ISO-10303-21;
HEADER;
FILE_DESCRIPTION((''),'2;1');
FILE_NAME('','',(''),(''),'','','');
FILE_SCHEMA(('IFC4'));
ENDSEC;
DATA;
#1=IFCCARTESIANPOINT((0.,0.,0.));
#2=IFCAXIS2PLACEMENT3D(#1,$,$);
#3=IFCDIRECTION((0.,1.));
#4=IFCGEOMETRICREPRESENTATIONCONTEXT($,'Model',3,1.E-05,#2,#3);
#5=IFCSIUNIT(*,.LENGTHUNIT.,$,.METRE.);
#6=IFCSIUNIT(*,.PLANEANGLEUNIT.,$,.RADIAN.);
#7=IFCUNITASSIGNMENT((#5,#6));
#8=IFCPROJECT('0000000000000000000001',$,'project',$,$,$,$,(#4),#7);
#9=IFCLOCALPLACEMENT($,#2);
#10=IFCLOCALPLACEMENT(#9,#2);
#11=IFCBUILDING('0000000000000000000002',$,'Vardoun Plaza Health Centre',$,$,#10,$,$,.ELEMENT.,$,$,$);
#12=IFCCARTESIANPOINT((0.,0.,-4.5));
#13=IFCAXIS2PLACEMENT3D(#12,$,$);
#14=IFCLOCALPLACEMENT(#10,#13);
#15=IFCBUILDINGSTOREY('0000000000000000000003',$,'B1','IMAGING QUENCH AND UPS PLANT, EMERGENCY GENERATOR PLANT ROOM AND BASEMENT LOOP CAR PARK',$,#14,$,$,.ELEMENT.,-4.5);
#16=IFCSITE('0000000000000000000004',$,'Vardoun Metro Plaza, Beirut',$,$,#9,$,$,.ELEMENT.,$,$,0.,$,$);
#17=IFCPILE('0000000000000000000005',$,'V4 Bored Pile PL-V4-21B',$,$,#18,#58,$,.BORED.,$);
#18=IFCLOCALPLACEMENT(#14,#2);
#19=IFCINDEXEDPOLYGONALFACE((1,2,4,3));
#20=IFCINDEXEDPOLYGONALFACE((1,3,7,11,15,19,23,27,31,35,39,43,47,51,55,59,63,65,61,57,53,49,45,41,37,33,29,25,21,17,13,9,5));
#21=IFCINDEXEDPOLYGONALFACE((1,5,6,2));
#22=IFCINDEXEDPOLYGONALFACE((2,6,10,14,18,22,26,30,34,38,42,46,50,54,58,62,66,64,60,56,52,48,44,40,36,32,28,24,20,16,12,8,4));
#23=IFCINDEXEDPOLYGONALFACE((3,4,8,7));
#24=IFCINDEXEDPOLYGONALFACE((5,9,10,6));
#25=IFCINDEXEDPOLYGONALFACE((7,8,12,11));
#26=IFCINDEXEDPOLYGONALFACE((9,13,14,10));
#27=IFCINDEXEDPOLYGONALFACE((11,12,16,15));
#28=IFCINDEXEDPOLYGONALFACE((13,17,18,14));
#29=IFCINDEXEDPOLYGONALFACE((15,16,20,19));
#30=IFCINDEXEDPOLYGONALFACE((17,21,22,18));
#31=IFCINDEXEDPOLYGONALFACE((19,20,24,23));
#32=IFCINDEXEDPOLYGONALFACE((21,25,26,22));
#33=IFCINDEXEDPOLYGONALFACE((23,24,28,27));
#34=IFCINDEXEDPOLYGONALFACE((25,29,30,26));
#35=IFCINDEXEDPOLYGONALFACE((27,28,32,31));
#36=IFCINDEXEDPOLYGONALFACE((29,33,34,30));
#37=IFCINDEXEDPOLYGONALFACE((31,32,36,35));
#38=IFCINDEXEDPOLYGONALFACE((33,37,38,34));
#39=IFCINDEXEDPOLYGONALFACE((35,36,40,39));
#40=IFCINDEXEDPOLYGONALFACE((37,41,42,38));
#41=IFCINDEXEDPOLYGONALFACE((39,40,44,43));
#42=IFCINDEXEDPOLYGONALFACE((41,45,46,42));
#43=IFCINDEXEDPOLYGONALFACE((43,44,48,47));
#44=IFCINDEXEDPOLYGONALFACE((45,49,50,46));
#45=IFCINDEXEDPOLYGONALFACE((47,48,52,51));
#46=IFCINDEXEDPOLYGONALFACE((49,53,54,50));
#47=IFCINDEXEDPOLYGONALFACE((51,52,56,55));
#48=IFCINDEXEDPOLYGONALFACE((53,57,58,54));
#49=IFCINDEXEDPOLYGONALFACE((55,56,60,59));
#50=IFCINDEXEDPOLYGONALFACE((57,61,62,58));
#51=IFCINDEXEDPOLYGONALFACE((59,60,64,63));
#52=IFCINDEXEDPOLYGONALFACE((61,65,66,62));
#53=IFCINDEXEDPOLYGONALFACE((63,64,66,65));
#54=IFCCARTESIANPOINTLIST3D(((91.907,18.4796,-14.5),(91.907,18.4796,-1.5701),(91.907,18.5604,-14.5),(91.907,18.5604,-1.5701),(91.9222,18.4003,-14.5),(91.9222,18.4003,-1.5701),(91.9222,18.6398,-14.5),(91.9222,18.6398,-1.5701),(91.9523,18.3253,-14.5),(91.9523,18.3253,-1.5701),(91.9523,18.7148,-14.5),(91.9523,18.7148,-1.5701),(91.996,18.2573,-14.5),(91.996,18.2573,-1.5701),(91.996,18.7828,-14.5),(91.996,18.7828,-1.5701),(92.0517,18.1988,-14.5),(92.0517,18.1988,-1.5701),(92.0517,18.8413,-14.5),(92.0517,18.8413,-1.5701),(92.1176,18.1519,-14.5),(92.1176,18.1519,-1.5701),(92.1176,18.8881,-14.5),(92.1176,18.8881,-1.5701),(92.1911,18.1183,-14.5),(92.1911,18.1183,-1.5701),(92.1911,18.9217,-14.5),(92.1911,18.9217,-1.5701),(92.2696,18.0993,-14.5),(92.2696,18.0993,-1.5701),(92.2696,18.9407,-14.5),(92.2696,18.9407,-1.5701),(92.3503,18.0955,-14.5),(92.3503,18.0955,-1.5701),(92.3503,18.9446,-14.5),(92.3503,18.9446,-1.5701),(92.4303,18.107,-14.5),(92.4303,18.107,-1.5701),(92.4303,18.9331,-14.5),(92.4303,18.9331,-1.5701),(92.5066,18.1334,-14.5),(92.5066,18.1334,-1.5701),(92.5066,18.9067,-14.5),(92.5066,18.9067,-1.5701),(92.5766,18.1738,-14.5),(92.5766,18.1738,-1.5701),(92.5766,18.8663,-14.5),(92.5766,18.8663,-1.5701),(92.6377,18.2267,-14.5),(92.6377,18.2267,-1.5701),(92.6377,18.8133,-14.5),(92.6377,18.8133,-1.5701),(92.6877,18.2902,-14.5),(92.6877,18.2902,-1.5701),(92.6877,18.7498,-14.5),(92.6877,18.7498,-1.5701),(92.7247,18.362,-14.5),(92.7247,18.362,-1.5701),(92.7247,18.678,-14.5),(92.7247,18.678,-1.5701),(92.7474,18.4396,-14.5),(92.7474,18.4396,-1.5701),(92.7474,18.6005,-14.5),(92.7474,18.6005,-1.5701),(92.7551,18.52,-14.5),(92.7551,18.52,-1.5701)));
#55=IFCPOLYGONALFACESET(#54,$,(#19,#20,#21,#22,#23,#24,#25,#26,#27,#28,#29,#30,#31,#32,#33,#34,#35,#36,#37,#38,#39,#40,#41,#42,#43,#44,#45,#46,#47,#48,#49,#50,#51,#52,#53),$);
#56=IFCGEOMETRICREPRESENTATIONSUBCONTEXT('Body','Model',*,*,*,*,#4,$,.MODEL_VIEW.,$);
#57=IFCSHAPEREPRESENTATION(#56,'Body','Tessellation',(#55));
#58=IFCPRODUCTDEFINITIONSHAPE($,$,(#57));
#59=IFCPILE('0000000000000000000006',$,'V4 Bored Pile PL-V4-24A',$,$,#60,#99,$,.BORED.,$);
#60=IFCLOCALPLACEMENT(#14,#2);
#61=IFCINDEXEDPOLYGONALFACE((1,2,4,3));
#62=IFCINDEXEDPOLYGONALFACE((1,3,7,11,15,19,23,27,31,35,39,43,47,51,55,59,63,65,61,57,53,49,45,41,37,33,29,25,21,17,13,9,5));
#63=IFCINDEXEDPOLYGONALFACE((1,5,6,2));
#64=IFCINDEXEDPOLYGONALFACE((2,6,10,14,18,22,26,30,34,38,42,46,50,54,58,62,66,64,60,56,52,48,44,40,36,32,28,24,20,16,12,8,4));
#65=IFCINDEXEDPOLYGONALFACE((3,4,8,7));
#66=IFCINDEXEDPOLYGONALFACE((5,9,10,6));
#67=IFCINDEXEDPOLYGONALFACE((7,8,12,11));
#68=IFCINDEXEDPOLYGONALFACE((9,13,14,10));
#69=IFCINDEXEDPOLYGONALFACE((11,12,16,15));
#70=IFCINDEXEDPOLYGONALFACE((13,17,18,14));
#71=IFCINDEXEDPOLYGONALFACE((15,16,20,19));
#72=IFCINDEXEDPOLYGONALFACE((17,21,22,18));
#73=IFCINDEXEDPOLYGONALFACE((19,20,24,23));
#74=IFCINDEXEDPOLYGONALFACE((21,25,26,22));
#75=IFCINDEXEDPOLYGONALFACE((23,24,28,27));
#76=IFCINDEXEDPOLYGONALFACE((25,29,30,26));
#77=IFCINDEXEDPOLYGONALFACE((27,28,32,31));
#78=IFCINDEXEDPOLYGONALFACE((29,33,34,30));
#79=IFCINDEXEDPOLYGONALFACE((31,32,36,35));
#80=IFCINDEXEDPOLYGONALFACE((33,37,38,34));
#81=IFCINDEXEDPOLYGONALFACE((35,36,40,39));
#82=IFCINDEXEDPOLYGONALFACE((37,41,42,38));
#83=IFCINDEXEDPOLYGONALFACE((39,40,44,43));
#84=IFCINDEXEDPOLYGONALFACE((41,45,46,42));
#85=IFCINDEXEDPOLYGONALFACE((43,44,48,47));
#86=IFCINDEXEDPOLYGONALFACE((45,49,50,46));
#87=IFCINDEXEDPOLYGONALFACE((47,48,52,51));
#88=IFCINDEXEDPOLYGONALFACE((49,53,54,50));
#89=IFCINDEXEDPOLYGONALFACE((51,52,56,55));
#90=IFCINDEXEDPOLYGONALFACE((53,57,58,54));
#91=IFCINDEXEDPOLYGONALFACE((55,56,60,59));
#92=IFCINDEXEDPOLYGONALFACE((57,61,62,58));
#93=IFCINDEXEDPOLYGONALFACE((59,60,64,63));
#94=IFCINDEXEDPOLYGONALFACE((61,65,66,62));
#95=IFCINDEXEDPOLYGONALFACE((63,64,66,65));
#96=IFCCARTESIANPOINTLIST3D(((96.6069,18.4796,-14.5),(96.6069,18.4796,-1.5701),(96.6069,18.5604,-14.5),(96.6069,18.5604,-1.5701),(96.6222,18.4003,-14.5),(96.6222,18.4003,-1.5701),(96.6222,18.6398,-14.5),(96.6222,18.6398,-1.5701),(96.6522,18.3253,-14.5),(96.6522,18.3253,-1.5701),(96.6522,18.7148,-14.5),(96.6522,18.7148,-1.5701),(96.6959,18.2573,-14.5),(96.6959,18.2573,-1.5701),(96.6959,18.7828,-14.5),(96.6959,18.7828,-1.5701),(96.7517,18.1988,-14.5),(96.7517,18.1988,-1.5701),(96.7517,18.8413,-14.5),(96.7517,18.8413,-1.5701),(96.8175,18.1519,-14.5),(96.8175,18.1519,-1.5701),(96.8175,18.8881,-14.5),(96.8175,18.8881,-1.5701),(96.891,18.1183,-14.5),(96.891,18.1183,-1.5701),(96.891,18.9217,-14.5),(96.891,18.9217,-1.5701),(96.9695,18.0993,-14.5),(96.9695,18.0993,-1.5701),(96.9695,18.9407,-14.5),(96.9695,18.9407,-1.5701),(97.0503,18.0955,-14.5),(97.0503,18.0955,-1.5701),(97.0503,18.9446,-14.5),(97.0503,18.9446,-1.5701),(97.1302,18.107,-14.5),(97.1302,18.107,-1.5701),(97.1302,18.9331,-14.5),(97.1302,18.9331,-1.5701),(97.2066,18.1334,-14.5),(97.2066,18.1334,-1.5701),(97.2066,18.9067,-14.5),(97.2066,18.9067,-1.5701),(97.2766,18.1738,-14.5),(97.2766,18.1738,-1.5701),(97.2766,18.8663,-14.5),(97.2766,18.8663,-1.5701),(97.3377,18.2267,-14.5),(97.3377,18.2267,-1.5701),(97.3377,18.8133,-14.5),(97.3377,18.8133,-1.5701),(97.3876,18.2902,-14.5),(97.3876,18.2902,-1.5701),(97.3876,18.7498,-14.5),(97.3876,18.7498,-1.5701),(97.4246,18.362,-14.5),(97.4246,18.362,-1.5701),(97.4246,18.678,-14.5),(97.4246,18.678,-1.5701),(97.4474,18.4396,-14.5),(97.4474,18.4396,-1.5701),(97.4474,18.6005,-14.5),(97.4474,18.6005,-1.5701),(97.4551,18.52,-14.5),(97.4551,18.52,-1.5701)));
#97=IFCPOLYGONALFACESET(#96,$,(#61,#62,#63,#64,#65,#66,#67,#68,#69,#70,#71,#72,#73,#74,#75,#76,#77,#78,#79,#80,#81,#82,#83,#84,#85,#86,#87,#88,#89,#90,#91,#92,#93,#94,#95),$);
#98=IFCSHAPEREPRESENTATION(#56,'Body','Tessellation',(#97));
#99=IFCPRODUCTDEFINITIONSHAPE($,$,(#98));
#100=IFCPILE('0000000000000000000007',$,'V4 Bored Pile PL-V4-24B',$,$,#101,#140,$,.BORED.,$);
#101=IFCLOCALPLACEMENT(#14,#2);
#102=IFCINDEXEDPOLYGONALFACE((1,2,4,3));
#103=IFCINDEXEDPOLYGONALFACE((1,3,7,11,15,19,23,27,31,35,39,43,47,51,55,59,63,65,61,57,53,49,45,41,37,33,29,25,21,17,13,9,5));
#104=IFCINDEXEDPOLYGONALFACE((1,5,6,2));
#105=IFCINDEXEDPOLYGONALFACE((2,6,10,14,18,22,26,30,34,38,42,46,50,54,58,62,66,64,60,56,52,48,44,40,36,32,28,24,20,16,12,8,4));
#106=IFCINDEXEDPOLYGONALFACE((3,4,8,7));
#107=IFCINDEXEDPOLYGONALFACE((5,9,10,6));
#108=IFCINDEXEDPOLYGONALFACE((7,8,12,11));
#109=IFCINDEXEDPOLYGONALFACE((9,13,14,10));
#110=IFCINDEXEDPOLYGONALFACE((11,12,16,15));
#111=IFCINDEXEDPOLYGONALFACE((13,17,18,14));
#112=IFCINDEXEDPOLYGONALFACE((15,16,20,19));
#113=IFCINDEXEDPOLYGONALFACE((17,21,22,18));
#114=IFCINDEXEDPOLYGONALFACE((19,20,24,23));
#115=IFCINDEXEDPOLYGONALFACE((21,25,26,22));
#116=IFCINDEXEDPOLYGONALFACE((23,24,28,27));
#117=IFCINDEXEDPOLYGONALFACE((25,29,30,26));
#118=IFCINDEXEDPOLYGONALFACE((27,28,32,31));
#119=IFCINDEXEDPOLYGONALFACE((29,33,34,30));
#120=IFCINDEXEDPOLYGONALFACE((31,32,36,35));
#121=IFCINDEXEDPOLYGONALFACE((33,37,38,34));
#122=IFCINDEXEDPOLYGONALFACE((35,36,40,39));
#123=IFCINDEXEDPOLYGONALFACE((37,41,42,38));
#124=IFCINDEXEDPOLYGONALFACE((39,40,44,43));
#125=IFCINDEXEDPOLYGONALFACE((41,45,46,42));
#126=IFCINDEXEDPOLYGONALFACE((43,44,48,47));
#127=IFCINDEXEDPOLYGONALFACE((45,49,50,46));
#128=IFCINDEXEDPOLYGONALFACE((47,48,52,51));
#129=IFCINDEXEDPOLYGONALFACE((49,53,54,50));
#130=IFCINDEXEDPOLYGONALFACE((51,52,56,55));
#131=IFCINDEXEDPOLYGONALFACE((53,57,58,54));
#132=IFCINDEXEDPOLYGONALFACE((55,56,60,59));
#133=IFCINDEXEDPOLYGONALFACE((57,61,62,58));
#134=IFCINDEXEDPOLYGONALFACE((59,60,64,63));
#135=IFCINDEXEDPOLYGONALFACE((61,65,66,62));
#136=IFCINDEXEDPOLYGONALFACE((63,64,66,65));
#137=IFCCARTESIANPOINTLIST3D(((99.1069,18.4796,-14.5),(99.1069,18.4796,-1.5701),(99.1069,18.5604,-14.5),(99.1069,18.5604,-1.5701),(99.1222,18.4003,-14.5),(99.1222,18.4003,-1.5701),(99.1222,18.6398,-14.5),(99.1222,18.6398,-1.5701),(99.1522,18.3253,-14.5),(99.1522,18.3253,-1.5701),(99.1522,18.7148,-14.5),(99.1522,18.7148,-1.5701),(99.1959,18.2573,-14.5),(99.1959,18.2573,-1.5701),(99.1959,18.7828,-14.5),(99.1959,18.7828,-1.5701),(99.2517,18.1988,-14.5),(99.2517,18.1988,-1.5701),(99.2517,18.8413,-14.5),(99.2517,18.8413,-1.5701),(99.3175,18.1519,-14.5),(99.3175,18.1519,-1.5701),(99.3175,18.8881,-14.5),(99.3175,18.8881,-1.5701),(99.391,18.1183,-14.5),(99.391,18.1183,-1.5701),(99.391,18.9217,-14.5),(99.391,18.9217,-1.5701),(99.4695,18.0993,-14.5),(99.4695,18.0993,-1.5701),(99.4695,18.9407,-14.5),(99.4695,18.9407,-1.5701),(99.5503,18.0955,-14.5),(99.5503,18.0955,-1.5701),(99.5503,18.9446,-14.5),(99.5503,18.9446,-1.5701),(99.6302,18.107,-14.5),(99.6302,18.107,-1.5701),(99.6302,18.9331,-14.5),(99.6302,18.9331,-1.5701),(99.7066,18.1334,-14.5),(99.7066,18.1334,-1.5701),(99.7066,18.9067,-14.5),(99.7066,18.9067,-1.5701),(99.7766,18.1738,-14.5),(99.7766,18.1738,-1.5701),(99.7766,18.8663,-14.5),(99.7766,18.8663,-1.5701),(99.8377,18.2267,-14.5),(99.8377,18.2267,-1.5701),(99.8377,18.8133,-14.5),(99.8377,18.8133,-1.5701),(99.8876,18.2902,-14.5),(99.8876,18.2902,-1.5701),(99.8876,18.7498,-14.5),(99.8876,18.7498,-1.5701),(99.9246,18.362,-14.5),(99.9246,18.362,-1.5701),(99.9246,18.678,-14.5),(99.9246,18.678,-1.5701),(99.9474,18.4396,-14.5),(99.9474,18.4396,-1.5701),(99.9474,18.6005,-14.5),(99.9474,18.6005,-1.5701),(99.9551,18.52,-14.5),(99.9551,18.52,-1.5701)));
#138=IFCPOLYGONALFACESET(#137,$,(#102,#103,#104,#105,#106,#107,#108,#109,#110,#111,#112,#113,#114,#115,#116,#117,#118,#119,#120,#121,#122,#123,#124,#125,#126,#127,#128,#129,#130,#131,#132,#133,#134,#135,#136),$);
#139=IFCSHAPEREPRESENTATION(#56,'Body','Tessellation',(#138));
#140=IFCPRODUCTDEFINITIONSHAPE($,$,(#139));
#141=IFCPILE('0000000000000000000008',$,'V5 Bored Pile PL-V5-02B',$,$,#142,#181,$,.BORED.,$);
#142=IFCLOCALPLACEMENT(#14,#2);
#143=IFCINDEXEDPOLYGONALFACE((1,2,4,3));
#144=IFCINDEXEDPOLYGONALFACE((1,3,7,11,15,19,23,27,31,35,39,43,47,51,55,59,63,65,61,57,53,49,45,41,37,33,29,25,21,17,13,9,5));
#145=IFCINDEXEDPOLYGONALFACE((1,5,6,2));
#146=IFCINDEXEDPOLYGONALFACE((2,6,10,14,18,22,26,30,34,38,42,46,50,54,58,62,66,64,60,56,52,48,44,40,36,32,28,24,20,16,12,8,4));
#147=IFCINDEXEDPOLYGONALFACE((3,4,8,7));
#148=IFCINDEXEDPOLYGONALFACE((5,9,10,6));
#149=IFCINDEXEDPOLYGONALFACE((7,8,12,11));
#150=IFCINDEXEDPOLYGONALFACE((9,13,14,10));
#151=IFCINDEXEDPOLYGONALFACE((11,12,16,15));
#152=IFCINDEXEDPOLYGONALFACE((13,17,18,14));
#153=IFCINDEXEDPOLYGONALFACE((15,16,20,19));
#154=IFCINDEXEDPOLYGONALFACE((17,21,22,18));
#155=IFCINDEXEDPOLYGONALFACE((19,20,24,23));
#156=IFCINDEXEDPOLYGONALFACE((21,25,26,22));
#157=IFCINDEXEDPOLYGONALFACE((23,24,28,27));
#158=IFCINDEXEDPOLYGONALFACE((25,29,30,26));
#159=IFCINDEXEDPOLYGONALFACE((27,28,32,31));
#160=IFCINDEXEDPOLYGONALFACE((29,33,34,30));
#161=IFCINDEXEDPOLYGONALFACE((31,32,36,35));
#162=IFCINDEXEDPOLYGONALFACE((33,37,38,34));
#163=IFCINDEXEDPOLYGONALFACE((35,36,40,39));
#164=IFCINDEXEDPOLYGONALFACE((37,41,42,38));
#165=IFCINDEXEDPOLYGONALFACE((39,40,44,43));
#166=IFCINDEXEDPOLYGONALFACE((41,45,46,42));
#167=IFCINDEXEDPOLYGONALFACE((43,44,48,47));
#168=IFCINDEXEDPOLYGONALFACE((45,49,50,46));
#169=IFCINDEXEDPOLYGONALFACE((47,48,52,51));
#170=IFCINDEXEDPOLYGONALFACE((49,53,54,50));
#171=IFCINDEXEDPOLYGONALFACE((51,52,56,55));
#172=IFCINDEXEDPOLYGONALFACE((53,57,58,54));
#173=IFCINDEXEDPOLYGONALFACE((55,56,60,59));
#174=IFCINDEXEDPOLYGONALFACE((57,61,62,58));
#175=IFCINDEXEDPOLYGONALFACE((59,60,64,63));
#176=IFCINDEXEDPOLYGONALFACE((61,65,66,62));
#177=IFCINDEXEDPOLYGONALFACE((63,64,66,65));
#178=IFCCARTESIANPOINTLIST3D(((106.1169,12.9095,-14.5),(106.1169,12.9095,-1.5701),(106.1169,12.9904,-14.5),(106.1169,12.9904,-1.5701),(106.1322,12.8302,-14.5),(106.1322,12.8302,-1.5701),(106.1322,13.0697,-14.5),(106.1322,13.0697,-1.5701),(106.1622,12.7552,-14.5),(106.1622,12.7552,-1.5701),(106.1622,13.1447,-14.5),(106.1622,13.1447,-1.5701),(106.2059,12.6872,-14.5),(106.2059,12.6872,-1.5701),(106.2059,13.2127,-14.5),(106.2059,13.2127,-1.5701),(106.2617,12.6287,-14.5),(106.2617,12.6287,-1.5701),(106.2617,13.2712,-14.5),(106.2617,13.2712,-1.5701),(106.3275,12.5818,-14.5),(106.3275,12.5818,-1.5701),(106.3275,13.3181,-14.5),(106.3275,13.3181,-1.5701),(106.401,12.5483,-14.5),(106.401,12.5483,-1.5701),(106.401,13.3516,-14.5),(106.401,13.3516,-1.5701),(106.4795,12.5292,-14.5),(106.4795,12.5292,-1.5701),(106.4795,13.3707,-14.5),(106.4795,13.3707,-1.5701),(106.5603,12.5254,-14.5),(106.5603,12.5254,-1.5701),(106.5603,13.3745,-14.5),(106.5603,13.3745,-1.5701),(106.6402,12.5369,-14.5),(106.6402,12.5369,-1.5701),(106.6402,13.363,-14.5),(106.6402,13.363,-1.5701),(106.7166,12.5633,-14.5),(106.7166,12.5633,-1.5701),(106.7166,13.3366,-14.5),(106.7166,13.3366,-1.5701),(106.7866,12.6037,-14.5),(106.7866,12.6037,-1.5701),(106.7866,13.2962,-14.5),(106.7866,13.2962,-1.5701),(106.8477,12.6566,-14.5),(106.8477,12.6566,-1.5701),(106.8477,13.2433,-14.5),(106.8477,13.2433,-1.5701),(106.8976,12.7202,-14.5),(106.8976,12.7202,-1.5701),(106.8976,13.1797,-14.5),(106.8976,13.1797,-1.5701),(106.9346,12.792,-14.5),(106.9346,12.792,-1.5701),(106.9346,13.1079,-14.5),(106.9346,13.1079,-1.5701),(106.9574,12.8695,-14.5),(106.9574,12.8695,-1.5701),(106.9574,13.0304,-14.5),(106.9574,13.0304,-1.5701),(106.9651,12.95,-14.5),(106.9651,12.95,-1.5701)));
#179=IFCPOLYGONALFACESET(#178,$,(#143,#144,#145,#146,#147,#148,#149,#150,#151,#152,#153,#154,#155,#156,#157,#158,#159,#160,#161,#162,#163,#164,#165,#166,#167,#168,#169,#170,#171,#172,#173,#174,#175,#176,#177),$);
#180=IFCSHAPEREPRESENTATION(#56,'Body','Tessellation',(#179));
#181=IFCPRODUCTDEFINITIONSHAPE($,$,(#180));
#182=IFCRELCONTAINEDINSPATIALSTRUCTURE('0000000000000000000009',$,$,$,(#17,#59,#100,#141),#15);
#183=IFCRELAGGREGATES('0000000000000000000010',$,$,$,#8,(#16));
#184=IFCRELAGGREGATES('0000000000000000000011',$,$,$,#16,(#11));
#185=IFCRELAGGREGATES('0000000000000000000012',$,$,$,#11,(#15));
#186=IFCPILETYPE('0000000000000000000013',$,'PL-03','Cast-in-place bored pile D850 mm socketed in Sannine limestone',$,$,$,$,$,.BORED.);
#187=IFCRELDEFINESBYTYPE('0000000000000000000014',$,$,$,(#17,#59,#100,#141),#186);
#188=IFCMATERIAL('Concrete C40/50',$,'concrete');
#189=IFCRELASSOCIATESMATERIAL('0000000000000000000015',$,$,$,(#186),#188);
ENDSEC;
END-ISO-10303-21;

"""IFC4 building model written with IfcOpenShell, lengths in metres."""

from ifc_helpers import new_model, si_unit, direction, frame, origin, origin_2d, place, context, subcontext, project, spatial, circle, extrude, material, material_profile, profile_set, type_object, element, save


model = new_model("IFC4")

# Units and contexts
model_context = context("Model", 3, precision=1e-05, world=origin(), true_north=direction((0.0, 1.0)))
body_context = subcontext(model_context, "Body", "Model", "MODEL_VIEW")
ifc_project = project(units=[si_unit("LENGTHUNIT", "METRE"), si_unit("PLANEANGLEUNIT", "RADIAN")], contexts=[model_context])

# Site, building, storey
site_placement = place(None, origin())
site = spatial("IfcSite", under=ifc_project, at=site_placement, Name="Vardoun Metro Plaza, Beirut", CompositionType="ELEMENT", RefElevation=0.0)
building_placement = place(site_placement, origin())
building = spatial("IfcBuilding", under=site, at=building_placement, Name="Vardoun Plaza Health Centre", CompositionType="ELEMENT")
storey_placement = place(building_placement, frame((0.0, 0.0, -4.5)))
storey = spatial("IfcBuildingStorey", under=building, at=storey_placement, Name="B1", Description="IMAGING QUENCH AND UPS PLANT, EMERGENCY GENERATOR PLANT ROOM AND BASEMENT LOOP CAR PARK", CompositionType="ELEMENT", Elevation=-4.5)

# Piles
ifc_material_1 = material(Name="Concrete C40/50", Category="concrete")
ifc_material_profile_1 = material_profile(ifc_material_1, circle(Radius=0.425, at=origin_2d()), Name="PILE D850")
ifc_profile_set_1 = profile_set([ifc_material_profile_1], Name="Concrete C40/50")
pile_type_1 = type_object("IfcPileType", Name="PL-03", Description="Cast-in-place bored pile D850 mm socketed in Sannine limestone", PredefinedType="BORED", material=ifc_profile_set_1)
for number, where, z_axis, x_axis, name in (
    (1, (92.3301, 18.52, -1.5701), (0.0, 0.0, -1.0), (1.0, 0.0, 0.0), "V4 Bored Pile PL-V4-21B"),
    (2, (97.03, 18.52, -1.5701), (0.0, 0.0, -1.0), (1.0, 0.0, 0.0), "V4 Bored Pile PL-V4-24A"),
    (3, (99.53, 18.52, -1.5701), (0.0, 0.0, -1.0), (1.0, 0.0, 0.0), "V4 Bored Pile PL-V4-24B"),
    (4, (106.54, 12.95, -1.5701), (0.0, 0.0, -1.0), (1.0, 0.0, 0.0), "V5 Bored Pile PL-V5-02B"),
):
    element("IfcPile", number, at=place(storey_placement, frame(where, z_axis=z_axis, x_axis=x_axis)), inside=storey, type_object=pile_type_1, Name=name, PredefinedType="BORED", context=body_context, shape_type="SweptSolid", body=[
        extrude(circle(Radius=0.425, at=origin_2d()), origin(), (0.0, 0.0, 1.0), 12.9299),
    ])

save(model, "model.ifc")
